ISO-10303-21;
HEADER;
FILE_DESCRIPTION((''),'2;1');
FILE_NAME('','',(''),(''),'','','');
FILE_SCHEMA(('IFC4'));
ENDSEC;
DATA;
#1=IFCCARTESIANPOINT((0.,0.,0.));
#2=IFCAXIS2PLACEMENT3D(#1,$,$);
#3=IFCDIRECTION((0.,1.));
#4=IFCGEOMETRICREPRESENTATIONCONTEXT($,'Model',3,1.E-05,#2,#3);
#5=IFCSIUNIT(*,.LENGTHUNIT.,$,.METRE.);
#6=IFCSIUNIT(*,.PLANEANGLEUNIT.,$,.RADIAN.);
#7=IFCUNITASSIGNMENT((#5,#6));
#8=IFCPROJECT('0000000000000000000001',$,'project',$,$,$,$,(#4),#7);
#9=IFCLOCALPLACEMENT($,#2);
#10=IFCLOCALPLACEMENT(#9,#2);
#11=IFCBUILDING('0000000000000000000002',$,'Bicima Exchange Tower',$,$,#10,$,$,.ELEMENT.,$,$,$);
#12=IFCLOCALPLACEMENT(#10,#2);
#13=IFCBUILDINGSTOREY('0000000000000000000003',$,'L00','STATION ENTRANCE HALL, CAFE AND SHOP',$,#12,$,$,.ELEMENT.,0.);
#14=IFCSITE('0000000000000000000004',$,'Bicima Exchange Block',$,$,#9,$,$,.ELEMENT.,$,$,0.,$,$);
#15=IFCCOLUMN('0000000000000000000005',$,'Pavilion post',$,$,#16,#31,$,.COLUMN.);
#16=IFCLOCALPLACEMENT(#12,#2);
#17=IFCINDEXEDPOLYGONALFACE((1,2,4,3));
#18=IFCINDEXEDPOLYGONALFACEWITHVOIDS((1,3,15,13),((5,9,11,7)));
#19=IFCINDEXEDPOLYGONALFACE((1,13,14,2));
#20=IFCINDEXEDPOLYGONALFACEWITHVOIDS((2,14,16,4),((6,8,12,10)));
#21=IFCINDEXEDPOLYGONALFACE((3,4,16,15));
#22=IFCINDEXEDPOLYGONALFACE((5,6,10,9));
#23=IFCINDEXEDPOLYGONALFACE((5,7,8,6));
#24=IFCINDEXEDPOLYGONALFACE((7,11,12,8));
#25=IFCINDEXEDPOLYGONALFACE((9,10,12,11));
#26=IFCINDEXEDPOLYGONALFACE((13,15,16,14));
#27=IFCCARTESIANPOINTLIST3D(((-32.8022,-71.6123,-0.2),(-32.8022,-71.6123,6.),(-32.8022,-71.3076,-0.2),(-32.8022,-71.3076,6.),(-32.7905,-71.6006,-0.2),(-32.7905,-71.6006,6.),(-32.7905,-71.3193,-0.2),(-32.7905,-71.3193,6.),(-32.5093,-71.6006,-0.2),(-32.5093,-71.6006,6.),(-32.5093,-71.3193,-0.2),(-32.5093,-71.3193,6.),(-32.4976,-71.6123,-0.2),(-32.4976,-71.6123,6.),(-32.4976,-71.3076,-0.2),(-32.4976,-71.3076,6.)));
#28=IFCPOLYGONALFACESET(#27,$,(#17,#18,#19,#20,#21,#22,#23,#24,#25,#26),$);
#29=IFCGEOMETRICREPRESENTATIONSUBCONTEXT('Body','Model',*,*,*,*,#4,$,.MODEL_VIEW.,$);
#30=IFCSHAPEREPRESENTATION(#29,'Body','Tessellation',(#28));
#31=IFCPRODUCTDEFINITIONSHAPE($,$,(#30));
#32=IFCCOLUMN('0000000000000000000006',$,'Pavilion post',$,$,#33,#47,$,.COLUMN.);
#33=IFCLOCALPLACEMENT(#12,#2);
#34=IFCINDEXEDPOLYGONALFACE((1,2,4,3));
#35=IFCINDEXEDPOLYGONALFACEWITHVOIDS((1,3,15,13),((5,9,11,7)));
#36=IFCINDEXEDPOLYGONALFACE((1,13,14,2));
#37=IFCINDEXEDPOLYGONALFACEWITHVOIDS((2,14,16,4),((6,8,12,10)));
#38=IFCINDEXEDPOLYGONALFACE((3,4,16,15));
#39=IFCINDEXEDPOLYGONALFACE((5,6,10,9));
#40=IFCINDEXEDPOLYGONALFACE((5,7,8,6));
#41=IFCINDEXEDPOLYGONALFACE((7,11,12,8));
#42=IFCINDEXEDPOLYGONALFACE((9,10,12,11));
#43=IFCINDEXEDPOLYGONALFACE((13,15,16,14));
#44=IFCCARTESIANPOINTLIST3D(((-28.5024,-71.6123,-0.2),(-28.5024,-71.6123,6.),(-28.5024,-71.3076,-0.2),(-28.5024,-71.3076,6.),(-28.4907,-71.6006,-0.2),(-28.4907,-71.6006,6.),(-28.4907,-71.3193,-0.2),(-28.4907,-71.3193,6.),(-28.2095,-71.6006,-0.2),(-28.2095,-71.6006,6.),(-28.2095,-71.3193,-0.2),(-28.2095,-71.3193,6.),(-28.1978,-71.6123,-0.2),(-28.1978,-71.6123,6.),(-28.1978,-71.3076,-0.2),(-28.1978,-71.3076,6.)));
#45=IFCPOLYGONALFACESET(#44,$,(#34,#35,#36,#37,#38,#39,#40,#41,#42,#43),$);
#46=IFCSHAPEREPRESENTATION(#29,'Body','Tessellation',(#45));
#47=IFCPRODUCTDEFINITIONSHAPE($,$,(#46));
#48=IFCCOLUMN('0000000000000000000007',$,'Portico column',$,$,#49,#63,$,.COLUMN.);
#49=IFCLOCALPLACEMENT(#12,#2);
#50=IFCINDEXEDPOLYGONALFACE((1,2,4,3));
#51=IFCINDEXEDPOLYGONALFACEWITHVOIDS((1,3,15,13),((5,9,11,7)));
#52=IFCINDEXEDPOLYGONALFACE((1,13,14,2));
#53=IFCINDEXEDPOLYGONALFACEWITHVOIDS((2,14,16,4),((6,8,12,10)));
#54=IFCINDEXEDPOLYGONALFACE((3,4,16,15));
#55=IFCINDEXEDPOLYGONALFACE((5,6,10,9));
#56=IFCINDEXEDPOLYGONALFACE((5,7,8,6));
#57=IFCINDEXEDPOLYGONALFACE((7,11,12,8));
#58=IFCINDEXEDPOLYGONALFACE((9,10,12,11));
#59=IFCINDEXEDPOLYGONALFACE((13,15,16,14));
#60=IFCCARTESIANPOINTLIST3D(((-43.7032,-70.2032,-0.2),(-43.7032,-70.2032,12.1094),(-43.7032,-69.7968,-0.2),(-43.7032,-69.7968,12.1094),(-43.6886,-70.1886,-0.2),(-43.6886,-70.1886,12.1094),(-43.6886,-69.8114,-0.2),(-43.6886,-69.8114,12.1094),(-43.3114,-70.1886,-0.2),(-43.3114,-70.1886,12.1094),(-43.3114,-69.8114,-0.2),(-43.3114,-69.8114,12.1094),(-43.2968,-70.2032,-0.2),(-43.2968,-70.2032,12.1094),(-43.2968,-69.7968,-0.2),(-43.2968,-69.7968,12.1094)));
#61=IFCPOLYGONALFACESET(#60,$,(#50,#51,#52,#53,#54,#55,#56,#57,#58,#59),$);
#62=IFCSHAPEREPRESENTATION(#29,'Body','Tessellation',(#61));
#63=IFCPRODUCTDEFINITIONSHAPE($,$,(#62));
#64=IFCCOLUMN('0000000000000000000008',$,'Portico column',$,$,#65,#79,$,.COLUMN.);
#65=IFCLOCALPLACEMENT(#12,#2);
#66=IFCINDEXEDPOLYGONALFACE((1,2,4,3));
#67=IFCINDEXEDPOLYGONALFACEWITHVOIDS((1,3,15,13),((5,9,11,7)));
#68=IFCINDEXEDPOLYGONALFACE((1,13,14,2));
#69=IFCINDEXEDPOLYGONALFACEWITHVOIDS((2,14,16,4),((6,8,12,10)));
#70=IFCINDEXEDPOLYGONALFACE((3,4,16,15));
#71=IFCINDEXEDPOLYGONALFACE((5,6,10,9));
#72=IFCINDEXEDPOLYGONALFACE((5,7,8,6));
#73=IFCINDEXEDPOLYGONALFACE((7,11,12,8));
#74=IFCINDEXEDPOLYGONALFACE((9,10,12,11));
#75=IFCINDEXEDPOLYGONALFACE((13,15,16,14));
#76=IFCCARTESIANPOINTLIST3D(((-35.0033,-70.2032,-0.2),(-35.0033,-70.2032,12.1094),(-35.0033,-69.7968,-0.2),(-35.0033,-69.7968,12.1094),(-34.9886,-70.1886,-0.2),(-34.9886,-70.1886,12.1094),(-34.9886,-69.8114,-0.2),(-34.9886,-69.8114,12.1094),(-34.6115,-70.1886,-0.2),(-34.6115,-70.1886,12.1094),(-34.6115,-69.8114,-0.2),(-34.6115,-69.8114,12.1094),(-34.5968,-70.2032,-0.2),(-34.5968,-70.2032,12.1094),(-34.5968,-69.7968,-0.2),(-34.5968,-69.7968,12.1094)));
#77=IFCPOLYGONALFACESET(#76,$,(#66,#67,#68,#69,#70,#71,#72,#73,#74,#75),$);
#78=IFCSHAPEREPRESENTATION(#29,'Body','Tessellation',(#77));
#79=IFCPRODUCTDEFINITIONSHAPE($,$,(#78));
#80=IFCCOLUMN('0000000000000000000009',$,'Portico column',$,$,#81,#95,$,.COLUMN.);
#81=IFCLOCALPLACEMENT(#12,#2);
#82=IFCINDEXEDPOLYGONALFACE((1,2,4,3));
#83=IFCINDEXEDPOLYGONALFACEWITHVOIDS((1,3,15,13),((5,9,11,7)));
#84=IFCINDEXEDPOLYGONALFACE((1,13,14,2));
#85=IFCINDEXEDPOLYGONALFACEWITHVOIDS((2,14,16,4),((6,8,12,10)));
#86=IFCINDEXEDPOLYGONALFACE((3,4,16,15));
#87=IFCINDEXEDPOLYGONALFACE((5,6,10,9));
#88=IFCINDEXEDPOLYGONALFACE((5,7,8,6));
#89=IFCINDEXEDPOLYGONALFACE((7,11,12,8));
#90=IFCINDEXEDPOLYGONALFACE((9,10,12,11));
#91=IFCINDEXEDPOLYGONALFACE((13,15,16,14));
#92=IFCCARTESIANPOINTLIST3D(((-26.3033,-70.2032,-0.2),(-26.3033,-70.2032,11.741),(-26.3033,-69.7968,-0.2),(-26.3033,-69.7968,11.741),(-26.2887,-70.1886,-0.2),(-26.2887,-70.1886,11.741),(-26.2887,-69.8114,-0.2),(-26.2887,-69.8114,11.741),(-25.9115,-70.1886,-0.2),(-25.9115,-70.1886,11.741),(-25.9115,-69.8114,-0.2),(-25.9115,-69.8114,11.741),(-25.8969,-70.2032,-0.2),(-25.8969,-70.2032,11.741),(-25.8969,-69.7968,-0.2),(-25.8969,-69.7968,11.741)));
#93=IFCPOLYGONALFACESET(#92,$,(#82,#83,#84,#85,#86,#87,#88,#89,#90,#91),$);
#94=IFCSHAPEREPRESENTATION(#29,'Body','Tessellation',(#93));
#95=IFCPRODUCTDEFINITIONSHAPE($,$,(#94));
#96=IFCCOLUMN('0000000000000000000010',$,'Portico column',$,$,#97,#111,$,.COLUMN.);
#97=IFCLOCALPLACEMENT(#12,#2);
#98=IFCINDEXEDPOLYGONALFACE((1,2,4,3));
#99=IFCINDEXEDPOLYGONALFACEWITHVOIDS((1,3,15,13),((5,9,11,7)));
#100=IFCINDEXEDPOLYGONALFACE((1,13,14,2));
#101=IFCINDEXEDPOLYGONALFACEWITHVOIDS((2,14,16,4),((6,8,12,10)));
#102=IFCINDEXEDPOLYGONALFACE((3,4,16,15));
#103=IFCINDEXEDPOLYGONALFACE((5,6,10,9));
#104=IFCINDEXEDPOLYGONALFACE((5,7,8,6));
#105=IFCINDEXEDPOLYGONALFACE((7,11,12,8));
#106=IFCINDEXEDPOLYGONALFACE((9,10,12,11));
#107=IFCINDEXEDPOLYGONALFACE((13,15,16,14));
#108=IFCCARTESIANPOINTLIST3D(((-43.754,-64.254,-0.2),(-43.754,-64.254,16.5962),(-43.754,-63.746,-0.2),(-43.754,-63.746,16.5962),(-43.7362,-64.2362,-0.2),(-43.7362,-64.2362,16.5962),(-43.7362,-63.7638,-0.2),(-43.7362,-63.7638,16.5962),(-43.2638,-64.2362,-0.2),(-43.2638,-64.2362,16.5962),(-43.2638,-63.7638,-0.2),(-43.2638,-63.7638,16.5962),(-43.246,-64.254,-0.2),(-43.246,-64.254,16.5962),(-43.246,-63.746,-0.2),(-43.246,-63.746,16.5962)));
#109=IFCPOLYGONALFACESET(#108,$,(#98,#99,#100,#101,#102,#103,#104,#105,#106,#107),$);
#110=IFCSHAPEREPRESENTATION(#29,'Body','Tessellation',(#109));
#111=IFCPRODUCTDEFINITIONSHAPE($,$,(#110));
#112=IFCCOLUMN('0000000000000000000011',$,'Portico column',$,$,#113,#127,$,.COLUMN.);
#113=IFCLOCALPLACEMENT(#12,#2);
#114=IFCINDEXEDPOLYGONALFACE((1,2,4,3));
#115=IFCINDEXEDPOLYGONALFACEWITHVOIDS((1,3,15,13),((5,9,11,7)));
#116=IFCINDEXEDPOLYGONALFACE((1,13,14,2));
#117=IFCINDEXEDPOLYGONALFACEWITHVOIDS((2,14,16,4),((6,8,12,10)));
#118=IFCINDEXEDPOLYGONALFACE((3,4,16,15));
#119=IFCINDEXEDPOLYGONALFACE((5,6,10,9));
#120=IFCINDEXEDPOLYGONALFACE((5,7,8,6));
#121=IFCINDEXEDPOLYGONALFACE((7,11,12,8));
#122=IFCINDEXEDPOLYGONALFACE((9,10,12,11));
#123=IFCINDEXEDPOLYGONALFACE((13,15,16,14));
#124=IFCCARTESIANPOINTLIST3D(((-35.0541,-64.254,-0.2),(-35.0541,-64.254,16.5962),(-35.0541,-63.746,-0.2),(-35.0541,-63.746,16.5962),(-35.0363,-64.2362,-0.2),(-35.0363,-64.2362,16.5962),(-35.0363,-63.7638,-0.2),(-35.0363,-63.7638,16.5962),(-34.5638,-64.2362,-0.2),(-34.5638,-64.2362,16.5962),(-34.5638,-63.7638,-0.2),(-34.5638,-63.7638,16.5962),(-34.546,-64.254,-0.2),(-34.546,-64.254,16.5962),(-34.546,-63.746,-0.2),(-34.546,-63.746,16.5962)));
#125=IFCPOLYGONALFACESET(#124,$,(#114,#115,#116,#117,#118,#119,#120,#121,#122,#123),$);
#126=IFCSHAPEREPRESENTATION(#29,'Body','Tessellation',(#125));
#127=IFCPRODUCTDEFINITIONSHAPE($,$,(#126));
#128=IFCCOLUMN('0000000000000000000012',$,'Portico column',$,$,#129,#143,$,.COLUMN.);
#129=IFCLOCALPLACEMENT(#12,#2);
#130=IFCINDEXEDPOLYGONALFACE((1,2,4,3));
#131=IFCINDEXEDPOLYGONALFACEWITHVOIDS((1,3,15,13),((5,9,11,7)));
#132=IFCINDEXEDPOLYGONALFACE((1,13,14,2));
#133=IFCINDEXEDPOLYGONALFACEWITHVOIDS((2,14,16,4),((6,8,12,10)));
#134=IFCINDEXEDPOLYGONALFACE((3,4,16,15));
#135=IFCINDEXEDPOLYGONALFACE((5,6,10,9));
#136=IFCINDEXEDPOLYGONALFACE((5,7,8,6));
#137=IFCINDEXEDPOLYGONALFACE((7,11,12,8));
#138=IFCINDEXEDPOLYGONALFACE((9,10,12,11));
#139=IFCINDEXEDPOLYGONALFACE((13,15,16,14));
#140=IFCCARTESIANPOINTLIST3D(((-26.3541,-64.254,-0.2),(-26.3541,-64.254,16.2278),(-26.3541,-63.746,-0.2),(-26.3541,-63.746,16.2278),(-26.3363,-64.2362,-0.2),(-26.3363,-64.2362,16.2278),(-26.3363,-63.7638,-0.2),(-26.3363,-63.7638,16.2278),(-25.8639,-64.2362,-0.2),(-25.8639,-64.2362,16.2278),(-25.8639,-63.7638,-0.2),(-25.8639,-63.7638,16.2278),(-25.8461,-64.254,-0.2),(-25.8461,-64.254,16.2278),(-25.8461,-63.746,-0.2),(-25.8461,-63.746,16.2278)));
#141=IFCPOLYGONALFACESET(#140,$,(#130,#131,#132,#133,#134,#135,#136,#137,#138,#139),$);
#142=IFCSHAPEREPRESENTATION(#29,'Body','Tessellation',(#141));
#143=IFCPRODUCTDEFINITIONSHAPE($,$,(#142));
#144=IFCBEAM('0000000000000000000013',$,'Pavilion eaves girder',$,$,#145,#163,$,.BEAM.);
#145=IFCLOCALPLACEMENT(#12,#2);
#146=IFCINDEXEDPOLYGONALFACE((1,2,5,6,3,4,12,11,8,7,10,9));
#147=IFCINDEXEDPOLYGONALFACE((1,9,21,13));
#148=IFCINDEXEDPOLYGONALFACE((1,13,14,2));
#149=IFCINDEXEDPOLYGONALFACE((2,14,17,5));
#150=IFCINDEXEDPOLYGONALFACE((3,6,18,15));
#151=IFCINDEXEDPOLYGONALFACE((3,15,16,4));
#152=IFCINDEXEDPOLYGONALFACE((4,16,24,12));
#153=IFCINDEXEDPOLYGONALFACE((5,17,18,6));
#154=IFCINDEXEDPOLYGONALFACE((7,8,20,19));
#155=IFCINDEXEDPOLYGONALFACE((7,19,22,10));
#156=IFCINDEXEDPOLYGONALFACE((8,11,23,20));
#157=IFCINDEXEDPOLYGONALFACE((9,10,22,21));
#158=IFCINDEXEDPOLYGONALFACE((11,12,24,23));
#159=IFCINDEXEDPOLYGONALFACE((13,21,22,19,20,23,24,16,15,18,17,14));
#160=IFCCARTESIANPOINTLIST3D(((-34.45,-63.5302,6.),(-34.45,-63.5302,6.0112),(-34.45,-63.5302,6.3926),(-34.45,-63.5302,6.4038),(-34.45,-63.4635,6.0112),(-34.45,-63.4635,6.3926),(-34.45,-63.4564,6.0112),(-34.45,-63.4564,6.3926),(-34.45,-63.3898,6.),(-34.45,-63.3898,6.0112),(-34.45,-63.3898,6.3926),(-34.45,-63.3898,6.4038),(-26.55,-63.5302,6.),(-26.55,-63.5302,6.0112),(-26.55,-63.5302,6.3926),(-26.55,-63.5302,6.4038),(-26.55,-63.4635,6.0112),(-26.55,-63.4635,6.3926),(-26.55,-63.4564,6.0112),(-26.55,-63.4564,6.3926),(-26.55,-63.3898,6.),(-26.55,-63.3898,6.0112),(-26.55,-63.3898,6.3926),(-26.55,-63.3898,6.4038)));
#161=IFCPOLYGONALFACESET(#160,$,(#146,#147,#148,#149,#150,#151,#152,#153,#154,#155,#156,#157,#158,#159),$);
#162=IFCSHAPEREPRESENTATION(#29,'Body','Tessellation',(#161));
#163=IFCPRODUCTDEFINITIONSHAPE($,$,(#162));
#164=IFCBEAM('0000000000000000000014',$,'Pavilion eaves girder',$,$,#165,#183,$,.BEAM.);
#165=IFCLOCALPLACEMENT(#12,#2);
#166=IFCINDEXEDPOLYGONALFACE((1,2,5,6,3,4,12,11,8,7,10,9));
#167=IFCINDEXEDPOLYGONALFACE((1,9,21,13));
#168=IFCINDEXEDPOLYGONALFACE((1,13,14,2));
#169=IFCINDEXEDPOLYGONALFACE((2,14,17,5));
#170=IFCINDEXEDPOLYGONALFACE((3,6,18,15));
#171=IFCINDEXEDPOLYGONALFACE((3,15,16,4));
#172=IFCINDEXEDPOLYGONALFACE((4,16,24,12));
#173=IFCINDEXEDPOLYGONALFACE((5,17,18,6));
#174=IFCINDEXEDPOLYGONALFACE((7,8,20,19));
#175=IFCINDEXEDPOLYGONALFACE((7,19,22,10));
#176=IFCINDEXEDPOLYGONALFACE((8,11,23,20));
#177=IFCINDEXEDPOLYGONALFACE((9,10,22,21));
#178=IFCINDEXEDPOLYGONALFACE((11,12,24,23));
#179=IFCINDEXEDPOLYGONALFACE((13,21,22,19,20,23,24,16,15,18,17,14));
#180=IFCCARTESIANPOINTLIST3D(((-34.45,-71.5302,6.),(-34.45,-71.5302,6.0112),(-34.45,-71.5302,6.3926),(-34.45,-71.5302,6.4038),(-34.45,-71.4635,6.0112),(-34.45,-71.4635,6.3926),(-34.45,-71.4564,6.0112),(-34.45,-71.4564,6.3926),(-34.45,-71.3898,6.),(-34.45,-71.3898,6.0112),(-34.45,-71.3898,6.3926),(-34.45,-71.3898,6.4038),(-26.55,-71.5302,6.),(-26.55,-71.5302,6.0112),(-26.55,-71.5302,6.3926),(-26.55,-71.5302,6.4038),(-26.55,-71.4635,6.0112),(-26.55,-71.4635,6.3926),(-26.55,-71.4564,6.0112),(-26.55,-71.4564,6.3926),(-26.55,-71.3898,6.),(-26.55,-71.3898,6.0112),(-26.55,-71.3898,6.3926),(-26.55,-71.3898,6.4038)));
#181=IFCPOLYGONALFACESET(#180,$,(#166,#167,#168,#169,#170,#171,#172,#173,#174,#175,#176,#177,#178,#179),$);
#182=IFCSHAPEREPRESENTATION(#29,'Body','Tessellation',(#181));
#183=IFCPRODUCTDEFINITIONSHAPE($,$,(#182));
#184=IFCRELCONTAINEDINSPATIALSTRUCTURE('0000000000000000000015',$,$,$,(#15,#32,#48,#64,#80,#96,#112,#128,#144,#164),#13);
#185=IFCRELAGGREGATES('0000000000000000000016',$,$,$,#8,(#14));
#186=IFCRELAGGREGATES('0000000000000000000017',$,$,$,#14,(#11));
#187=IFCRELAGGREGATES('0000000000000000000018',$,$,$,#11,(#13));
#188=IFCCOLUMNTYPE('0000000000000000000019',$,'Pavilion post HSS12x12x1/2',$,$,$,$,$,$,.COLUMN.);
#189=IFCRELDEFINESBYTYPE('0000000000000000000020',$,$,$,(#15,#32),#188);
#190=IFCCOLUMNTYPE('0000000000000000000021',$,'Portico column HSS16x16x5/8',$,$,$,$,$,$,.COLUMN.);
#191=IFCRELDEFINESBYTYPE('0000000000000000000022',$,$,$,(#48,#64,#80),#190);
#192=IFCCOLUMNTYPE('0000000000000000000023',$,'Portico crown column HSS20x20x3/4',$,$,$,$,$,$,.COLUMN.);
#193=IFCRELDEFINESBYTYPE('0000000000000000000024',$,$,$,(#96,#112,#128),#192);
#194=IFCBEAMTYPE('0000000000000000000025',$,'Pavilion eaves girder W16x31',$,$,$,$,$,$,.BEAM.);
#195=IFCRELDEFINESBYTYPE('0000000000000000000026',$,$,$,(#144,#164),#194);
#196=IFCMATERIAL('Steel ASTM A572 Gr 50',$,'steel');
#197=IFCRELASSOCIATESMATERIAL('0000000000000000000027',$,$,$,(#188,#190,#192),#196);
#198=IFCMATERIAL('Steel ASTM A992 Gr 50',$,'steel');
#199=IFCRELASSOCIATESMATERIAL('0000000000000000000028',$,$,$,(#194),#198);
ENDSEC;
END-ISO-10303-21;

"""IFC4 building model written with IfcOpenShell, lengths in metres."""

from ifc_helpers import new_model, si_unit, direction, frame, origin, origin_2d, place, context, subcontext, project, spatial, hollow_rectangle, i_section, extrude, material, material_profile, profile_set, type_object, element, save


model = new_model("IFC4")

# Units and contexts
model_context = context("Model", 3, precision=1e-05, world=origin(), true_north=direction((0.0, 1.0)))
body_context = subcontext(model_context, "Body", "Model", "MODEL_VIEW")
ifc_project = project(units=[si_unit("LENGTHUNIT", "METRE"), si_unit("PLANEANGLEUNIT", "RADIAN")], contexts=[model_context])

# Site, building, storey
site_placement = place(None, origin())
site = spatial("IfcSite", under=ifc_project, at=site_placement, Name="Bicima Exchange Block", CompositionType="ELEMENT", RefElevation=0.0)
building_placement = place(site_placement, origin())
building = spatial("IfcBuilding", under=site, at=building_placement, Name="Bicima Exchange Tower", CompositionType="ELEMENT")
storey_placement = place(building_placement, origin())
storey = spatial("IfcBuildingStorey", under=building, at=storey_placement, Name="L00", Description="STATION ENTRANCE HALL, CAFE AND SHOP", CompositionType="ELEMENT", Elevation=0.0)

# Columns
ifc_material_1 = material(Name="Steel ASTM A572 Gr 50", Category="steel")
ifc_material_profile_1 = material_profile(ifc_material_1, hollow_rectangle(XDim=0.3047, YDim=0.3047, WallThickness=0.0117, at=origin_2d()))
ifc_profile_set_1 = profile_set([ifc_material_profile_1], Name="Steel ASTM A572 Gr 50")
column_type_1 = type_object("IfcColumnType", Name="Pavilion post HSS12x12x1/2", PredefinedType="COLUMN", material=ifc_profile_set_1)
for number, where, z_axis, x_axis, name in (
    (1, (-32.6499, -71.46, -0.2), (0.0, 0.0, 1.0), (1.0, 0.0, 0.0), "Pavilion post"),
    (2, (-28.3501, -71.46, -0.2), (0.0, 0.0, 1.0), (1.0, 0.0, 0.0), "Pavilion post"),
):
    element("IfcColumn", number, at=place(storey_placement, frame(where, z_axis=z_axis, x_axis=x_axis)), inside=storey, type_object=column_type_1, Name=name, PredefinedType="COLUMN", context=body_context, shape_type="SweptSolid", body=[
        extrude(hollow_rectangle(XDim=0.3047, YDim=0.3047, WallThickness=0.0117, at=origin_2d()), origin(), (0.0, 0.0, 1.0), 6.2),
    ])
ifc_material_profile_2 = material_profile(ifc_material_1, hollow_rectangle(XDim=0.4065, YDim=0.4065, WallThickness=0.0146, at=origin_2d()))
ifc_profile_set_2 = profile_set([ifc_material_profile_2], Name="Steel ASTM A572 Gr 50")
column_type_2 = type_object("IfcColumnType", Name="Portico column HSS16x16x5/8", PredefinedType="COLUMN", material=ifc_profile_set_2)
for number, where, z_axis, x_axis, name in (
    (3, (-43.5, -70.0, -0.2), (0.0, 0.0, 1.0), (1.0, 0.0, 0.0), "Portico column"),
    (4, (-34.8, -70.0, -0.2), (0.0, 0.0, 1.0), (1.0, 0.0, 0.0), "Portico column"),
):
    element("IfcColumn", number, at=place(storey_placement, frame(where, z_axis=z_axis, x_axis=x_axis)), inside=storey, type_object=column_type_2, Name=name, PredefinedType="COLUMN", context=body_context, shape_type="SweptSolid", body=[
        extrude(hollow_rectangle(XDim=0.4065, YDim=0.4065, WallThickness=0.0146, at=origin_2d()), origin(), (0.0, 0.0, 1.0), 12.3093),
    ])
column_1_placement = place(storey_placement, frame((-26.1001, -70.0, -0.2), z_axis=(0.0, 0.0, 1.0), x_axis=(1.0, 0.0, 0.0)))
element("IfcColumn", 5, at=column_1_placement, inside=storey, type_object=column_type_2, Name="Portico column", PredefinedType="COLUMN", context=body_context, shape_type="SweptSolid", body=[
    extrude(hollow_rectangle(XDim=0.4065, YDim=0.4065, WallThickness=0.0146, at=origin_2d()), origin(), (0.0, 0.0, 1.0), 11.9409),
])
ifc_material_profile_3 = material_profile(ifc_material_1, hollow_rectangle(XDim=0.5081, YDim=0.5081, WallThickness=0.0178, at=origin_2d()))
ifc_profile_set_3 = profile_set([ifc_material_profile_3], Name="Steel ASTM A572 Gr 50")
column_type_3 = type_object("IfcColumnType", Name="Portico crown column HSS20x20x3/4", PredefinedType="COLUMN", material=ifc_profile_set_3)
for number, where, z_axis, x_axis, name in (
    (6, (-43.5, -64.0, -0.2), (0.0, 0.0, 1.0), (1.0, 0.0, 0.0), "Portico column"),
    (7, (-34.8, -64.0, -0.2), (0.0, 0.0, 1.0), (1.0, 0.0, 0.0), "Portico column"),
):
    element("IfcColumn", number, at=place(storey_placement, frame(where, z_axis=z_axis, x_axis=x_axis)), inside=storey, type_object=column_type_3, Name=name, PredefinedType="COLUMN", context=body_context, shape_type="SweptSolid", body=[
        extrude(hollow_rectangle(XDim=0.5081, YDim=0.5081, WallThickness=0.0178, at=origin_2d()), origin(), (0.0, 0.0, 1.0), 16.7961),
    ])
column_2_placement = place(storey_placement, frame((-26.1001, -64.0, -0.2), z_axis=(0.0, 0.0, 1.0), x_axis=(1.0, 0.0, 0.0)))
element("IfcColumn", 8, at=column_2_placement, inside=storey, type_object=column_type_3, Name="Portico column", PredefinedType="COLUMN", context=body_context, shape_type="SweptSolid", body=[
    extrude(hollow_rectangle(XDim=0.5081, YDim=0.5081, WallThickness=0.0178, at=origin_2d()), origin(), (0.0, 0.0, 1.0), 16.4277),
])

# Beams
ifc_material_2 = material(Name="Steel ASTM A992 Gr 50", Category="steel")
ifc_material_profile_4 = material_profile(ifc_material_2, i_section(OverallWidth=0.1404, OverallDepth=0.4038, WebThickness=0.0071, FlangeThickness=0.0112, at=origin_2d()))
ifc_profile_set_4 = profile_set([ifc_material_profile_4], Name="Steel ASTM A992 Gr 50")
beam_type_1 = type_object("IfcBeamType", Name="Pavilion eaves girder W16x31", PredefinedType="BEAM", material=ifc_profile_set_4)
for number, where, z_axis, x_axis, name in (
    (9, (-34.45, -63.46, 6.2019), (1.0, 0.0, 0.0), (0.0, 1.0, 0.0), "Pavilion eaves girder"),
    (10, (-34.45, -71.46, 6.2019), (1.0, 0.0, 0.0), (0.0, 1.0, 0.0), "Pavilion eaves girder"),
):
    element("IfcBeam", number, at=place(storey_placement, frame(where, z_axis=z_axis, x_axis=x_axis)), inside=storey, type_object=beam_type_1, Name=name, PredefinedType="BEAM", context=body_context, shape_type="SweptSolid", body=[
        extrude(i_section(OverallWidth=0.1404, OverallDepth=0.4038, WebThickness=0.0071, FlangeThickness=0.0112, at=origin_2d()), origin(), (0.0, 0.0, 1.0), 7.8999),
    ])

save(model, "model.ifc")
